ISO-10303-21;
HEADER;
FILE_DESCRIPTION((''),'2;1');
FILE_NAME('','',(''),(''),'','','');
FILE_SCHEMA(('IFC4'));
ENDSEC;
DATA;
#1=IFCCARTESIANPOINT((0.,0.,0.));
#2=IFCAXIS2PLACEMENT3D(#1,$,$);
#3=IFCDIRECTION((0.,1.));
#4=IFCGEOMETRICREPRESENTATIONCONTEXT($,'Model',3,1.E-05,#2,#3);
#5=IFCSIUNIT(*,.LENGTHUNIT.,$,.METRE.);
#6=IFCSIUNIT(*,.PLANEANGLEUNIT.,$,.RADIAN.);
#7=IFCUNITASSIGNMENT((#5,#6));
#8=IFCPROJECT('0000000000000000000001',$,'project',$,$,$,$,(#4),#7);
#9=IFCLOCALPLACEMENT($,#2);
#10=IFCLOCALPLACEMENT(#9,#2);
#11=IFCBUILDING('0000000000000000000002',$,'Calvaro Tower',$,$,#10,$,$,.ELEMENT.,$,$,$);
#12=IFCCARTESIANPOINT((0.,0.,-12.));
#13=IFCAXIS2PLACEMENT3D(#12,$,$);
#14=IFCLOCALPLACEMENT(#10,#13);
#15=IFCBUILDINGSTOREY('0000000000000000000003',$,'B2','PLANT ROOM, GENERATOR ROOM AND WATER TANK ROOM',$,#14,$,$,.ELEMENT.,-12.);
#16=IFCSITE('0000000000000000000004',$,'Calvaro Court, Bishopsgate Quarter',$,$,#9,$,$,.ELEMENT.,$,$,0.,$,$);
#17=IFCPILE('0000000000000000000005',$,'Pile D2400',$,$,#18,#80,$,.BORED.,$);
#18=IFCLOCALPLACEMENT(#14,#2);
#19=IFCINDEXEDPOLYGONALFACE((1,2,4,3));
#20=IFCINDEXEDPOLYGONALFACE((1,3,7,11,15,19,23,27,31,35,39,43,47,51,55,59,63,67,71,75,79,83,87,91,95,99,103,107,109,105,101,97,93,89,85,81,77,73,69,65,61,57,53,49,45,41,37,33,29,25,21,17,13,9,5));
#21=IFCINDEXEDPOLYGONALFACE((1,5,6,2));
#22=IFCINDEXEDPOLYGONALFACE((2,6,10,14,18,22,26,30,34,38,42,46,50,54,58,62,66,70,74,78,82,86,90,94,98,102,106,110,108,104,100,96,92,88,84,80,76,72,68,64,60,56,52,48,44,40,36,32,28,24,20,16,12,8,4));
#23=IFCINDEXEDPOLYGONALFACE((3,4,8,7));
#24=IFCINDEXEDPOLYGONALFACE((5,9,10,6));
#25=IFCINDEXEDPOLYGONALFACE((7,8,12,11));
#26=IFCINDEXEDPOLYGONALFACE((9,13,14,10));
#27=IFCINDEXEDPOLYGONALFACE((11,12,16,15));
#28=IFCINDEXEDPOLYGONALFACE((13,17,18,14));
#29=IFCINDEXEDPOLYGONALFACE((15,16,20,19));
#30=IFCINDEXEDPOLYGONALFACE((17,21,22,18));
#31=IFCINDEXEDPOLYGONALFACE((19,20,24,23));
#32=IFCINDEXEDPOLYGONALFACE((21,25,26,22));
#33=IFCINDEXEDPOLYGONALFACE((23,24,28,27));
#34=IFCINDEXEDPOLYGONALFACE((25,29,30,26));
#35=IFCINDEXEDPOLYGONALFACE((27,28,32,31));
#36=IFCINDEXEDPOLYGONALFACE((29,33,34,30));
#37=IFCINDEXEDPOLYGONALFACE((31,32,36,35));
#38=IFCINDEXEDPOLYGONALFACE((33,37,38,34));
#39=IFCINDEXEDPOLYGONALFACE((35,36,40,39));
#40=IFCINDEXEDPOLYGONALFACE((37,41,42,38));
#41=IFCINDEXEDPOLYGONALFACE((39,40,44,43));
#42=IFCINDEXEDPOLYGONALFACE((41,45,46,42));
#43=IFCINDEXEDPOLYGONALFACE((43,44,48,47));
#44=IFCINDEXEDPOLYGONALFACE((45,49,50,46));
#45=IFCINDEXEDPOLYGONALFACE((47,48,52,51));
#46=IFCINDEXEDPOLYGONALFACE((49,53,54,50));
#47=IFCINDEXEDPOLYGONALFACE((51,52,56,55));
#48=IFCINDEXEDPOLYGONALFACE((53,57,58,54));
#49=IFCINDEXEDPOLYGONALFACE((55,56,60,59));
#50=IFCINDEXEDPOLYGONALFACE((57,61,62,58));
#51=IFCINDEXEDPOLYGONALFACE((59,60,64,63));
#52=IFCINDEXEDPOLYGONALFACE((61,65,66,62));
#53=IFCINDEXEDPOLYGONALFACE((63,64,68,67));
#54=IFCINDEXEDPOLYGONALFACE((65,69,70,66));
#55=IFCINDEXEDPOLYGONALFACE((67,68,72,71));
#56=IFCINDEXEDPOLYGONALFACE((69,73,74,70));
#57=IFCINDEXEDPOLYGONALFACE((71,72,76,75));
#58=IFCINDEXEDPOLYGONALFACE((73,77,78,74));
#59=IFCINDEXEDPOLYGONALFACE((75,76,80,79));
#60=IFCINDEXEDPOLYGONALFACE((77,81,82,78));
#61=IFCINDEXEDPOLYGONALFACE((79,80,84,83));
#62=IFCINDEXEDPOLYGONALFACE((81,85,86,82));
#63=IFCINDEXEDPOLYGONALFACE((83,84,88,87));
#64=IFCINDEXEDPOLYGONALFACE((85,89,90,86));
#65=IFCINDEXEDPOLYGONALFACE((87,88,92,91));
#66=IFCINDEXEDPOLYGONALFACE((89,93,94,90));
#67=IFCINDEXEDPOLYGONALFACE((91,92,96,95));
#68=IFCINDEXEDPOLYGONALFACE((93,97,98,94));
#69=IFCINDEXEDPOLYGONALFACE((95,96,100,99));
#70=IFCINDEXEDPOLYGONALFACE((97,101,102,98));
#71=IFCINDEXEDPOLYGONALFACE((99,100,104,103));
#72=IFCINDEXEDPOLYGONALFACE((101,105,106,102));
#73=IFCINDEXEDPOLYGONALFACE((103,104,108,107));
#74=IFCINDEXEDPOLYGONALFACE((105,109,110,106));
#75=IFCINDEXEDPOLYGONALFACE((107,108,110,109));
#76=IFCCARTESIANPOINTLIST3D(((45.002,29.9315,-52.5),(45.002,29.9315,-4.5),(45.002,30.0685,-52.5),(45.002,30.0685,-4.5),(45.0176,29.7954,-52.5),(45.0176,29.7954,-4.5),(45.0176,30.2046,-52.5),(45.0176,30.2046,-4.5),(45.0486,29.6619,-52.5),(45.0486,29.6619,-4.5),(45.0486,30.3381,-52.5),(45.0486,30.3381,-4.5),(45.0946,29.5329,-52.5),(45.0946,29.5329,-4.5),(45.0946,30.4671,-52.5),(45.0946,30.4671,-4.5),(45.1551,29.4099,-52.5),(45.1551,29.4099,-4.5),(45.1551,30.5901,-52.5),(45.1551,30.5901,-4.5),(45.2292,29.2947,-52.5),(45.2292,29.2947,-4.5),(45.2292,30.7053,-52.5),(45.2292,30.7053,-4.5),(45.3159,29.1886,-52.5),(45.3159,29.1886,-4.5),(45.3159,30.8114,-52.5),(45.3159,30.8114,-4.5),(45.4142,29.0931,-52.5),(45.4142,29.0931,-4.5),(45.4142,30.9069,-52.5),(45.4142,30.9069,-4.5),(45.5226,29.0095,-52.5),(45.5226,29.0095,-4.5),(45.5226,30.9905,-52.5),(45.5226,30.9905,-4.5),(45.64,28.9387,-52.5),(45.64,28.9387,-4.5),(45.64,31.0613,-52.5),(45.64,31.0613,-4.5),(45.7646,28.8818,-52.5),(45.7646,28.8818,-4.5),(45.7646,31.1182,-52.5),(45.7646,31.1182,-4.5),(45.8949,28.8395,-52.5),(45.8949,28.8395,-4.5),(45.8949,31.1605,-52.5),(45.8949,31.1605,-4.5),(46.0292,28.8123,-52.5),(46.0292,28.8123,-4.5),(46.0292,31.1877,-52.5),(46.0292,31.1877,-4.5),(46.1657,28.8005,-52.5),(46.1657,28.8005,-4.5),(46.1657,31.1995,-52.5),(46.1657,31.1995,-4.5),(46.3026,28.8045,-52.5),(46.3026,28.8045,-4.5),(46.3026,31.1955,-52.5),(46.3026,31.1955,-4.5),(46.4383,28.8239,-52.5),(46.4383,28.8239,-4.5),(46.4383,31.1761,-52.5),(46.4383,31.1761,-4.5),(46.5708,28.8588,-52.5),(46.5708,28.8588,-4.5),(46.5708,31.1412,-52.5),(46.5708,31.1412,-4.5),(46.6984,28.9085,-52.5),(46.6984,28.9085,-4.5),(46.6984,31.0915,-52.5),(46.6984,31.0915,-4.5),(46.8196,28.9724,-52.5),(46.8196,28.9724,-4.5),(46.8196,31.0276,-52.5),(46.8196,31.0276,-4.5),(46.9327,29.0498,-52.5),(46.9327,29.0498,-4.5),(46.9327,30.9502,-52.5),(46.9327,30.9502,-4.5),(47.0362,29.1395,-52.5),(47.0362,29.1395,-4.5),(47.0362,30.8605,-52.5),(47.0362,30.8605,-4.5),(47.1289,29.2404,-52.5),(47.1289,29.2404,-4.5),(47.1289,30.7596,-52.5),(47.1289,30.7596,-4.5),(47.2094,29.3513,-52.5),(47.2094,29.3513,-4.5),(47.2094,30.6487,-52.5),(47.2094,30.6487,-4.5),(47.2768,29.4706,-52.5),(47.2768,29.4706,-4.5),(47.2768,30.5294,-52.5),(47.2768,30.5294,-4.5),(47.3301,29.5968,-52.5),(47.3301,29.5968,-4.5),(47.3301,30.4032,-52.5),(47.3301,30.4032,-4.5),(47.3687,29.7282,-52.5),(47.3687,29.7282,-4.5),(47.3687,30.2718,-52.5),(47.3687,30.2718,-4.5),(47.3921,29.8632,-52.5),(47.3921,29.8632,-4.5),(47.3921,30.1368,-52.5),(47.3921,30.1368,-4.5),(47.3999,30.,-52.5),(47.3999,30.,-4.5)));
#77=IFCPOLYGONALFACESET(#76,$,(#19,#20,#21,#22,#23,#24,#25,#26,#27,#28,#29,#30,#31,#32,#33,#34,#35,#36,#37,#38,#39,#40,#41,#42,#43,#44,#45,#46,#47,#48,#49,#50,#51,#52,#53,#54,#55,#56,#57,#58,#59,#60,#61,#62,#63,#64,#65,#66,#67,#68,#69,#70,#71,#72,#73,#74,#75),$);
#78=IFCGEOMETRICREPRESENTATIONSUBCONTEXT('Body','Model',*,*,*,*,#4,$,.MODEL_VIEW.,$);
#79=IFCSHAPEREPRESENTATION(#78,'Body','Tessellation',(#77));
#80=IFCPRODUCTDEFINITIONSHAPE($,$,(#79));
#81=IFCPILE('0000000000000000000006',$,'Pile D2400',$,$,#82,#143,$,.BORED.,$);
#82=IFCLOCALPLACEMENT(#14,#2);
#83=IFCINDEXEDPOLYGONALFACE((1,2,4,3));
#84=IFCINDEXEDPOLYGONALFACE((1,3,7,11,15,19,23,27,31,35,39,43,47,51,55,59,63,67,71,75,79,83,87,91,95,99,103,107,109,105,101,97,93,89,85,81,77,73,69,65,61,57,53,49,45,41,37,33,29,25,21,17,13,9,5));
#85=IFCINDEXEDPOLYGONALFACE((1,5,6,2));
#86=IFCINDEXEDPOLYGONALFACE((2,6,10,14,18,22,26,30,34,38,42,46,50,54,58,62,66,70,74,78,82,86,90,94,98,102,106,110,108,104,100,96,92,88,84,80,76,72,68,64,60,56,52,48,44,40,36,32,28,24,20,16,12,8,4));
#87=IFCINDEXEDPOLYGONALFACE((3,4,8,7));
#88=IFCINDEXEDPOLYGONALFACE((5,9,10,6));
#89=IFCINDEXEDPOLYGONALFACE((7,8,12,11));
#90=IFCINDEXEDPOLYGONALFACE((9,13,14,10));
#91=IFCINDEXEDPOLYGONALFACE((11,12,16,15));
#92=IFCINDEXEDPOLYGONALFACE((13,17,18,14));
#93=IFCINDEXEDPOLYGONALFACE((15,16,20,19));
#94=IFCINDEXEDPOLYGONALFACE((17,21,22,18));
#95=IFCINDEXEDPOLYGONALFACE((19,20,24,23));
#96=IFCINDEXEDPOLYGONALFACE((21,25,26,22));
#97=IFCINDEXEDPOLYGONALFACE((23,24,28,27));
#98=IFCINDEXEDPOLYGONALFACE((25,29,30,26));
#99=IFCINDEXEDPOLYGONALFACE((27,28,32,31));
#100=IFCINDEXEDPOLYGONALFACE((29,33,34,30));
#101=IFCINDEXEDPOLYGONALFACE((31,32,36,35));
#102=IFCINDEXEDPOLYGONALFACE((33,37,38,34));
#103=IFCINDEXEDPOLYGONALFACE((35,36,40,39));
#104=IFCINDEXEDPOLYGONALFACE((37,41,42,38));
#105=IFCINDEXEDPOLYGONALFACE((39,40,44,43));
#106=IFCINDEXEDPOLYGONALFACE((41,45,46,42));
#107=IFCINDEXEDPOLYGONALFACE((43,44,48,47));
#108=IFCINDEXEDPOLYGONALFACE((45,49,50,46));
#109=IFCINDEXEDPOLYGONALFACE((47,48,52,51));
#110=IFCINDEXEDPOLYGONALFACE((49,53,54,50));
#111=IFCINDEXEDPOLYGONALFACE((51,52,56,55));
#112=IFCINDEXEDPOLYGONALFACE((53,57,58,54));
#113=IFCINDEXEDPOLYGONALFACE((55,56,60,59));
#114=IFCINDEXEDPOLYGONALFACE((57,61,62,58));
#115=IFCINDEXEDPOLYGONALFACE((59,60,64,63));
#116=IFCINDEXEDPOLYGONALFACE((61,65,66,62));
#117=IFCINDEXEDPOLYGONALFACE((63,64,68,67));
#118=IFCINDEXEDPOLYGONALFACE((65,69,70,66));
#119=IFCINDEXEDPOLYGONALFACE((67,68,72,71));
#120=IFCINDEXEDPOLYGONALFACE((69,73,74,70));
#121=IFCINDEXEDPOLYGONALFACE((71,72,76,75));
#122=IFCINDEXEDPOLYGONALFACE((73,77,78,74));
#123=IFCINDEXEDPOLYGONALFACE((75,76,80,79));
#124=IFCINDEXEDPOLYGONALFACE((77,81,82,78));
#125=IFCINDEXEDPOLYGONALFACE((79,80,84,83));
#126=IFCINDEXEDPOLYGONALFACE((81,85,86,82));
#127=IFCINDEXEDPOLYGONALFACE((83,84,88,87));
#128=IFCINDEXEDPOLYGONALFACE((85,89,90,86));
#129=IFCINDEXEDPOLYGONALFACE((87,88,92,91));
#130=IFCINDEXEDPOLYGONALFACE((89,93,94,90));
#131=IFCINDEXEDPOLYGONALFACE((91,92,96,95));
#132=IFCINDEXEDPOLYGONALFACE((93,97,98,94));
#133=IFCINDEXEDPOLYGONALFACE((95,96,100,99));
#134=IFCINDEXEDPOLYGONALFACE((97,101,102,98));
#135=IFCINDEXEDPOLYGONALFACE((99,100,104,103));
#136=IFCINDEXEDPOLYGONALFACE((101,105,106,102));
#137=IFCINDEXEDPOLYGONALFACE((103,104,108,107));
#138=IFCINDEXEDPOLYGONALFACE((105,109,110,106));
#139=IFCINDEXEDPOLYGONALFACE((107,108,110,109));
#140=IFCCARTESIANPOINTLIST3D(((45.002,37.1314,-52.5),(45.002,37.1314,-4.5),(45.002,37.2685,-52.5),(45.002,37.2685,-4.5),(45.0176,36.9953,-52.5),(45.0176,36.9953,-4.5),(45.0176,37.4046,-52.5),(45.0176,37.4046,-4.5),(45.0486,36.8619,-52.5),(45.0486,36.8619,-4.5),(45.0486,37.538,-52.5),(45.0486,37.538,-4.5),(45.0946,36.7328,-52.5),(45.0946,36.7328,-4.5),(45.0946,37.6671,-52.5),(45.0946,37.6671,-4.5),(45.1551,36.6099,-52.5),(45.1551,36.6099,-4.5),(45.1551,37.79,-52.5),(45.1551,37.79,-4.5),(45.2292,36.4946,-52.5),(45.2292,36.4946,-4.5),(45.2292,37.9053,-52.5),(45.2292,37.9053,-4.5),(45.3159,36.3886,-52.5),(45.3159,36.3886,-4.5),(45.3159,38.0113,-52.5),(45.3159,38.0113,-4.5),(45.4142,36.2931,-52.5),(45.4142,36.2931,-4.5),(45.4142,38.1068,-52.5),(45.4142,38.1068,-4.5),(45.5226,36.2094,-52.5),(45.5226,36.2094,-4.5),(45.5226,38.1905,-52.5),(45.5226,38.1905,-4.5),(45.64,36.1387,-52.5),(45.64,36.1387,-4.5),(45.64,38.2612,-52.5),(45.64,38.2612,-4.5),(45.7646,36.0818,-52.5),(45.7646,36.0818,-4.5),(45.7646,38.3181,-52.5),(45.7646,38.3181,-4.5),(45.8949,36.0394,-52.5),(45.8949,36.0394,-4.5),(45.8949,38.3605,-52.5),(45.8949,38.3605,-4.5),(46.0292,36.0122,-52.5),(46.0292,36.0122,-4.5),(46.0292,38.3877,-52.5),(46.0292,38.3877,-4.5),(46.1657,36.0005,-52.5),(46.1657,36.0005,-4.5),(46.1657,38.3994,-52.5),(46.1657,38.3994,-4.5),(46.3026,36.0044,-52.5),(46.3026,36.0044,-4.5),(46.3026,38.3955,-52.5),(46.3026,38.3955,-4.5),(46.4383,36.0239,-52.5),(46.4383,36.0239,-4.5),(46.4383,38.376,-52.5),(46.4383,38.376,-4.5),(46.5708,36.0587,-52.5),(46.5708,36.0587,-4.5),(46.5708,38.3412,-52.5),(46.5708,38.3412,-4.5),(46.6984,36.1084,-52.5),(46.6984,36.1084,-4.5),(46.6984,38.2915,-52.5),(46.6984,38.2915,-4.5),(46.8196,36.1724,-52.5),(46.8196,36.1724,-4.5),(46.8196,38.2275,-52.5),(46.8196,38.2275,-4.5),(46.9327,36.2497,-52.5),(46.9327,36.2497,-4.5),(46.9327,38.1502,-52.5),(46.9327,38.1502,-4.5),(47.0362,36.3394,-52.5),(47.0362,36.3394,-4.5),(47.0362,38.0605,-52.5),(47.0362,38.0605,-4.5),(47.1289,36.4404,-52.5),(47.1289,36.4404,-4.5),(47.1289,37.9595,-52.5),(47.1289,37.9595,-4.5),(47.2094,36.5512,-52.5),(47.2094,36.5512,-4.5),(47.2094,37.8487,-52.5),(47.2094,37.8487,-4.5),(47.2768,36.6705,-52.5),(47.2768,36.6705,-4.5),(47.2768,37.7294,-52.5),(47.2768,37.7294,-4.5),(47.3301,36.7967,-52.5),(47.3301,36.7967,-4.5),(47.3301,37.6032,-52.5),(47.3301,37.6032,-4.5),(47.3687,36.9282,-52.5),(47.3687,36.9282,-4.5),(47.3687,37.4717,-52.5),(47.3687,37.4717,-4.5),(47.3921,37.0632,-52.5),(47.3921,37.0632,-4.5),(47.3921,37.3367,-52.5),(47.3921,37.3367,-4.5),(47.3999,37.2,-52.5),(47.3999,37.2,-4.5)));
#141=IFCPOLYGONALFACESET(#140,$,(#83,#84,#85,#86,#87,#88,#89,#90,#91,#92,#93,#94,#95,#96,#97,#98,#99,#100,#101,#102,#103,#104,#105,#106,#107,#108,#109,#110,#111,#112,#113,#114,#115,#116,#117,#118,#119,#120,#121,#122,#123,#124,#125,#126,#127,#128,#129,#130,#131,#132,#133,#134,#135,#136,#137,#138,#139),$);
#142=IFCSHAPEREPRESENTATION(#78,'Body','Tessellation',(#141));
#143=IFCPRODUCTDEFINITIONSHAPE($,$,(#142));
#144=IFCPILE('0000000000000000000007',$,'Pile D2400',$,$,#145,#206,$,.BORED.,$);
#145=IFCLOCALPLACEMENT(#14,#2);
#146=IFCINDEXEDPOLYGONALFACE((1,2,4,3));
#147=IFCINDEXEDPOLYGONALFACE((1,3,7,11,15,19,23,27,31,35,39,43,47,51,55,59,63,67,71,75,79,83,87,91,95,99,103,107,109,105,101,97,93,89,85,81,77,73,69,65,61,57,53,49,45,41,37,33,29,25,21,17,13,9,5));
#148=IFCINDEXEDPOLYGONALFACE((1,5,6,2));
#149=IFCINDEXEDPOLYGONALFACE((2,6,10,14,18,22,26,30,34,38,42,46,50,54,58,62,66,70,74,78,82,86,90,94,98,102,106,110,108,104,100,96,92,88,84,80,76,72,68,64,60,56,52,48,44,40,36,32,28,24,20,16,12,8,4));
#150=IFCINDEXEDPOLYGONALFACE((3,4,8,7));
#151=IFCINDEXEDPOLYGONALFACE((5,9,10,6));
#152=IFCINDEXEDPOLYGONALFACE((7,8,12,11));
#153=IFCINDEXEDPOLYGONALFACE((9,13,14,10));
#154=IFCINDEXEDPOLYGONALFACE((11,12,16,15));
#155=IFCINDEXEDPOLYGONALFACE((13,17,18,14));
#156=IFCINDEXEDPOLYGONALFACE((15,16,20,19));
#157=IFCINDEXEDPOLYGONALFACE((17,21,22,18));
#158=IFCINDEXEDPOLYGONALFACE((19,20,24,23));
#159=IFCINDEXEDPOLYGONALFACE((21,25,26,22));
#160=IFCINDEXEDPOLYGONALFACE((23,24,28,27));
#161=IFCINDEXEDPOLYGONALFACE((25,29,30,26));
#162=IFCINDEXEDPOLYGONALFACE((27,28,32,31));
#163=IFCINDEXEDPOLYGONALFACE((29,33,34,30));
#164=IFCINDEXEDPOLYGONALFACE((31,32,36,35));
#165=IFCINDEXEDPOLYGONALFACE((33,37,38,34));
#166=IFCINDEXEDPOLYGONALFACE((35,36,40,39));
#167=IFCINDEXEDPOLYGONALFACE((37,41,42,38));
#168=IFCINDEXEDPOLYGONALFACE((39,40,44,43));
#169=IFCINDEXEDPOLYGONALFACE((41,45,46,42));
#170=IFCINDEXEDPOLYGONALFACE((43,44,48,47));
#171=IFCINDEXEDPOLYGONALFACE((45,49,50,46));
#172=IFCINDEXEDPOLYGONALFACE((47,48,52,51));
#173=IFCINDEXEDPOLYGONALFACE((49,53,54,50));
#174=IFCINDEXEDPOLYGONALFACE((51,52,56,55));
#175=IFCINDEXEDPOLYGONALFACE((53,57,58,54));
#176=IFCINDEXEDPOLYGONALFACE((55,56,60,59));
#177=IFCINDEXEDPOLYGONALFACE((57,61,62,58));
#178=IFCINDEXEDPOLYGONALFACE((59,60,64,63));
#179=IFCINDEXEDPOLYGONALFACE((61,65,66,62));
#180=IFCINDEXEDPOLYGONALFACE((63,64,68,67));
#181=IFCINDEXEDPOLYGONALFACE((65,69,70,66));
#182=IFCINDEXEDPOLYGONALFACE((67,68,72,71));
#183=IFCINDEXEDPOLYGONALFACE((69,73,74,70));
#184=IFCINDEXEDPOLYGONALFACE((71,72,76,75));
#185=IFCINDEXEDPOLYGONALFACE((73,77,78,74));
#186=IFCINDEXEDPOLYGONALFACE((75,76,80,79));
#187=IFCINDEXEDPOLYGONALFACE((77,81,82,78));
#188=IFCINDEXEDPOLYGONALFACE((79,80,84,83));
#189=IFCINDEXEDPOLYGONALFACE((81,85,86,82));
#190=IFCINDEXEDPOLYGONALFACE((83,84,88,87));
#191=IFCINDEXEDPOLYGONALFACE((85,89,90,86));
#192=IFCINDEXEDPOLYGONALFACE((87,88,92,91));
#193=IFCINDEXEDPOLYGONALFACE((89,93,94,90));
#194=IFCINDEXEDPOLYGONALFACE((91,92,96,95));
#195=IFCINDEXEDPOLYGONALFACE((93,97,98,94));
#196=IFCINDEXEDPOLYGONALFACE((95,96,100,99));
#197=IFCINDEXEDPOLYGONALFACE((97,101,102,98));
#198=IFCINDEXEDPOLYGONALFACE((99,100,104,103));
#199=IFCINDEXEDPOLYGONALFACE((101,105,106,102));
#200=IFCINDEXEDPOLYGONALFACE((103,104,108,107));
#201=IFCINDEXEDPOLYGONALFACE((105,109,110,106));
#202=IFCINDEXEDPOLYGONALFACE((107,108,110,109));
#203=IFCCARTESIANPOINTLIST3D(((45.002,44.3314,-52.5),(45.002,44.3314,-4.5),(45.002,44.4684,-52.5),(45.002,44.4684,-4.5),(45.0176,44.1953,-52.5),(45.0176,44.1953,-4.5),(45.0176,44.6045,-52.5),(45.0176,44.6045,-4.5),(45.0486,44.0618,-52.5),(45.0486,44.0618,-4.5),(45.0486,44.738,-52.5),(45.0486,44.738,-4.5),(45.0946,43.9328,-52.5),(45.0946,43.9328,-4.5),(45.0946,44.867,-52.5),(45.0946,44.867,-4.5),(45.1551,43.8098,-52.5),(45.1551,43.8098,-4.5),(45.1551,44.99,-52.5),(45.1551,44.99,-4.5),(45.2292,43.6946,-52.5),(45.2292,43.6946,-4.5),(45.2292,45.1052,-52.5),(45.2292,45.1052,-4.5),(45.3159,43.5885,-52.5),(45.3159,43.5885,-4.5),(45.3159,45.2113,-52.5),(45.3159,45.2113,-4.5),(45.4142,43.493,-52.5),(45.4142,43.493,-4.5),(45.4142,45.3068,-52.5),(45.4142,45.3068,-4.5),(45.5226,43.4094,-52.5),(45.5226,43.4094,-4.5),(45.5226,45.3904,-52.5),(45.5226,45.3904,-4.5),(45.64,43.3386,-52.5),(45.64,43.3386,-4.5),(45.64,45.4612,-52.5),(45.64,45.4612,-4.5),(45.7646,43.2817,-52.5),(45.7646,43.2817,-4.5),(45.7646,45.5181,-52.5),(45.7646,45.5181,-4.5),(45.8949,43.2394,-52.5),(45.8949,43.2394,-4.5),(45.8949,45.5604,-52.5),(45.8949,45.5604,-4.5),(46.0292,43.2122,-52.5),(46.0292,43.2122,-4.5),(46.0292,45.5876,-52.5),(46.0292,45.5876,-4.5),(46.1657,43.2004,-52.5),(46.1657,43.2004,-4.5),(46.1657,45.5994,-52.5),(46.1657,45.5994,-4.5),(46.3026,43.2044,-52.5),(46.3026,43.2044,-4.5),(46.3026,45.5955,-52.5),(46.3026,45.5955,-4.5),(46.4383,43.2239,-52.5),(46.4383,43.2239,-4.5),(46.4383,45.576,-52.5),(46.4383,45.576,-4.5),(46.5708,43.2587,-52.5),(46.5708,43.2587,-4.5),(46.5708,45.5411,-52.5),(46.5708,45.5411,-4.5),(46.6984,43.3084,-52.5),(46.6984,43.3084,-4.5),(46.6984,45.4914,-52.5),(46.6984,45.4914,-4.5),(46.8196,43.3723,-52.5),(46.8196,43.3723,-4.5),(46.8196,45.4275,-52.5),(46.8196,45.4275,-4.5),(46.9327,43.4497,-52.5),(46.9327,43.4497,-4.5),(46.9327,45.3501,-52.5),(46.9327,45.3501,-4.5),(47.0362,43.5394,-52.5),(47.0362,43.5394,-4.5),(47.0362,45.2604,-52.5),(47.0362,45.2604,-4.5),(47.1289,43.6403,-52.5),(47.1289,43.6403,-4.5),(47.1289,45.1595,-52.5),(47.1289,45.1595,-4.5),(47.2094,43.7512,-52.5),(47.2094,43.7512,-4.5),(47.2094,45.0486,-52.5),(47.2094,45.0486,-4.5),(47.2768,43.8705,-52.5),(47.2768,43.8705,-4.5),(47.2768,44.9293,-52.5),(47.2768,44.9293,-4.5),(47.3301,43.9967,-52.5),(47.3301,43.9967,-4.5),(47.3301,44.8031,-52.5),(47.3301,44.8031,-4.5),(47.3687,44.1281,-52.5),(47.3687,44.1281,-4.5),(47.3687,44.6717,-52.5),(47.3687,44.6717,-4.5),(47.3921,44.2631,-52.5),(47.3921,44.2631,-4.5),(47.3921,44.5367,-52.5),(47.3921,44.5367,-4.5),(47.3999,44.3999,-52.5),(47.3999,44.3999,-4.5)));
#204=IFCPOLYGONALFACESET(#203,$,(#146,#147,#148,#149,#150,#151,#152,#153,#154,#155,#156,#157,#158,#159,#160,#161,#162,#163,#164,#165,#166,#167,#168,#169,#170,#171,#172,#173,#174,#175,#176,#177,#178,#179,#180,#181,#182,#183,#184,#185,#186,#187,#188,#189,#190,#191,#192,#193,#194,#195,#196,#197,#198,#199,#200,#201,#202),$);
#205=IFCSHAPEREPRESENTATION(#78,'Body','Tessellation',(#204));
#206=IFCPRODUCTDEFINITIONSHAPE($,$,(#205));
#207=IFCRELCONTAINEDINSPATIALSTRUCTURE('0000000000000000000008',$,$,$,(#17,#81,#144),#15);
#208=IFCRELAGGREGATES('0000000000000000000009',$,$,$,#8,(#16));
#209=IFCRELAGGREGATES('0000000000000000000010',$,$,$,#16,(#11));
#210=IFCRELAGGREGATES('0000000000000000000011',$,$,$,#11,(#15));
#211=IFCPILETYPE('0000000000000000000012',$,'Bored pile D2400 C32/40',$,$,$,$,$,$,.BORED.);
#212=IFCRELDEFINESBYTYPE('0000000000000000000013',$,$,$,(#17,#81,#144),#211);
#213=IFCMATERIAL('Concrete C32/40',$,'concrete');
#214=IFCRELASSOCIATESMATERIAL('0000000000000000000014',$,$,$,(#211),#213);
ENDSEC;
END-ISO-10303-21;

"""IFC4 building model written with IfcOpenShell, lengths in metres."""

from ifc_helpers import new_model, si_unit, direction, frame, origin, origin_2d, place, context, subcontext, project, spatial, circle, extrude, material, material_profile, profile_set, type_object, element, save


model = new_model("IFC4")

# Units and contexts
model_context = context("Model", 3, precision=1e-05, world=origin(), true_north=direction((0.0, 1.0)))
body_context = subcontext(model_context, "Body", "Model", "MODEL_VIEW")
ifc_project = project(units=[si_unit("LENGTHUNIT", "METRE"), si_unit("PLANEANGLEUNIT", "RADIAN")], contexts=[model_context])

# Site, building, storey
site_placement = place(None, origin())
site = spatial("IfcSite", under=ifc_project, at=site_placement, Name="Calvaro Court, Bishopsgate Quarter", CompositionType="ELEMENT", RefElevation=0.0)
building_placement = place(site_placement, origin())
building = spatial("IfcBuilding", under=site, at=building_placement, Name="Calvaro Tower", CompositionType="ELEMENT")
storey_placement = place(building_placement, frame((0.0, 0.0, -12.0)))
storey = spatial("IfcBuildingStorey", under=building, at=storey_placement, Name="B2", Description="PLANT ROOM, GENERATOR ROOM AND WATER TANK ROOM", CompositionType="ELEMENT", Elevation=-12.0)

# Piles
ifc_material_1 = material(Name="Concrete C32/40", Category="concrete")
ifc_material_profile = material_profile(ifc_material_1, circle(Radius=1.2, at=origin_2d()), Name="Bored pile D2400")
ifc_profile_set = profile_set([ifc_material_profile], Name="Concrete C32/40")
pile_type = type_object("IfcPileType", Name="Bored pile D2400 C32/40", PredefinedType="BORED", material=ifc_profile_set)
for number, where, z_axis, x_axis, name in (
    (1, (46.2, 30.0, -4.5), (0.0, 0.0, -1.0), (1.0, 0.0, 0.0), "Pile D2400"),
    (2, (46.2, 37.2, -4.5), (0.0, 0.0, -1.0), (1.0, 0.0, 0.0), "Pile D2400"),
    (3, (46.2, 44.3999, -4.5), (0.0, 0.0, -1.0), (1.0, 0.0, 0.0), "Pile D2400"),
):
    element("IfcPile", number, at=place(storey_placement, frame(where, z_axis=z_axis, x_axis=x_axis)), inside=storey, type_object=pile_type, Name=name, PredefinedType="BORED", context=body_context, shape_type="SweptSolid", body=[
        extrude(circle(Radius=1.2, at=origin_2d()), origin(), (0.0, 0.0, 1.0), 48.0),
    ])

save(model, "model.ifc")
